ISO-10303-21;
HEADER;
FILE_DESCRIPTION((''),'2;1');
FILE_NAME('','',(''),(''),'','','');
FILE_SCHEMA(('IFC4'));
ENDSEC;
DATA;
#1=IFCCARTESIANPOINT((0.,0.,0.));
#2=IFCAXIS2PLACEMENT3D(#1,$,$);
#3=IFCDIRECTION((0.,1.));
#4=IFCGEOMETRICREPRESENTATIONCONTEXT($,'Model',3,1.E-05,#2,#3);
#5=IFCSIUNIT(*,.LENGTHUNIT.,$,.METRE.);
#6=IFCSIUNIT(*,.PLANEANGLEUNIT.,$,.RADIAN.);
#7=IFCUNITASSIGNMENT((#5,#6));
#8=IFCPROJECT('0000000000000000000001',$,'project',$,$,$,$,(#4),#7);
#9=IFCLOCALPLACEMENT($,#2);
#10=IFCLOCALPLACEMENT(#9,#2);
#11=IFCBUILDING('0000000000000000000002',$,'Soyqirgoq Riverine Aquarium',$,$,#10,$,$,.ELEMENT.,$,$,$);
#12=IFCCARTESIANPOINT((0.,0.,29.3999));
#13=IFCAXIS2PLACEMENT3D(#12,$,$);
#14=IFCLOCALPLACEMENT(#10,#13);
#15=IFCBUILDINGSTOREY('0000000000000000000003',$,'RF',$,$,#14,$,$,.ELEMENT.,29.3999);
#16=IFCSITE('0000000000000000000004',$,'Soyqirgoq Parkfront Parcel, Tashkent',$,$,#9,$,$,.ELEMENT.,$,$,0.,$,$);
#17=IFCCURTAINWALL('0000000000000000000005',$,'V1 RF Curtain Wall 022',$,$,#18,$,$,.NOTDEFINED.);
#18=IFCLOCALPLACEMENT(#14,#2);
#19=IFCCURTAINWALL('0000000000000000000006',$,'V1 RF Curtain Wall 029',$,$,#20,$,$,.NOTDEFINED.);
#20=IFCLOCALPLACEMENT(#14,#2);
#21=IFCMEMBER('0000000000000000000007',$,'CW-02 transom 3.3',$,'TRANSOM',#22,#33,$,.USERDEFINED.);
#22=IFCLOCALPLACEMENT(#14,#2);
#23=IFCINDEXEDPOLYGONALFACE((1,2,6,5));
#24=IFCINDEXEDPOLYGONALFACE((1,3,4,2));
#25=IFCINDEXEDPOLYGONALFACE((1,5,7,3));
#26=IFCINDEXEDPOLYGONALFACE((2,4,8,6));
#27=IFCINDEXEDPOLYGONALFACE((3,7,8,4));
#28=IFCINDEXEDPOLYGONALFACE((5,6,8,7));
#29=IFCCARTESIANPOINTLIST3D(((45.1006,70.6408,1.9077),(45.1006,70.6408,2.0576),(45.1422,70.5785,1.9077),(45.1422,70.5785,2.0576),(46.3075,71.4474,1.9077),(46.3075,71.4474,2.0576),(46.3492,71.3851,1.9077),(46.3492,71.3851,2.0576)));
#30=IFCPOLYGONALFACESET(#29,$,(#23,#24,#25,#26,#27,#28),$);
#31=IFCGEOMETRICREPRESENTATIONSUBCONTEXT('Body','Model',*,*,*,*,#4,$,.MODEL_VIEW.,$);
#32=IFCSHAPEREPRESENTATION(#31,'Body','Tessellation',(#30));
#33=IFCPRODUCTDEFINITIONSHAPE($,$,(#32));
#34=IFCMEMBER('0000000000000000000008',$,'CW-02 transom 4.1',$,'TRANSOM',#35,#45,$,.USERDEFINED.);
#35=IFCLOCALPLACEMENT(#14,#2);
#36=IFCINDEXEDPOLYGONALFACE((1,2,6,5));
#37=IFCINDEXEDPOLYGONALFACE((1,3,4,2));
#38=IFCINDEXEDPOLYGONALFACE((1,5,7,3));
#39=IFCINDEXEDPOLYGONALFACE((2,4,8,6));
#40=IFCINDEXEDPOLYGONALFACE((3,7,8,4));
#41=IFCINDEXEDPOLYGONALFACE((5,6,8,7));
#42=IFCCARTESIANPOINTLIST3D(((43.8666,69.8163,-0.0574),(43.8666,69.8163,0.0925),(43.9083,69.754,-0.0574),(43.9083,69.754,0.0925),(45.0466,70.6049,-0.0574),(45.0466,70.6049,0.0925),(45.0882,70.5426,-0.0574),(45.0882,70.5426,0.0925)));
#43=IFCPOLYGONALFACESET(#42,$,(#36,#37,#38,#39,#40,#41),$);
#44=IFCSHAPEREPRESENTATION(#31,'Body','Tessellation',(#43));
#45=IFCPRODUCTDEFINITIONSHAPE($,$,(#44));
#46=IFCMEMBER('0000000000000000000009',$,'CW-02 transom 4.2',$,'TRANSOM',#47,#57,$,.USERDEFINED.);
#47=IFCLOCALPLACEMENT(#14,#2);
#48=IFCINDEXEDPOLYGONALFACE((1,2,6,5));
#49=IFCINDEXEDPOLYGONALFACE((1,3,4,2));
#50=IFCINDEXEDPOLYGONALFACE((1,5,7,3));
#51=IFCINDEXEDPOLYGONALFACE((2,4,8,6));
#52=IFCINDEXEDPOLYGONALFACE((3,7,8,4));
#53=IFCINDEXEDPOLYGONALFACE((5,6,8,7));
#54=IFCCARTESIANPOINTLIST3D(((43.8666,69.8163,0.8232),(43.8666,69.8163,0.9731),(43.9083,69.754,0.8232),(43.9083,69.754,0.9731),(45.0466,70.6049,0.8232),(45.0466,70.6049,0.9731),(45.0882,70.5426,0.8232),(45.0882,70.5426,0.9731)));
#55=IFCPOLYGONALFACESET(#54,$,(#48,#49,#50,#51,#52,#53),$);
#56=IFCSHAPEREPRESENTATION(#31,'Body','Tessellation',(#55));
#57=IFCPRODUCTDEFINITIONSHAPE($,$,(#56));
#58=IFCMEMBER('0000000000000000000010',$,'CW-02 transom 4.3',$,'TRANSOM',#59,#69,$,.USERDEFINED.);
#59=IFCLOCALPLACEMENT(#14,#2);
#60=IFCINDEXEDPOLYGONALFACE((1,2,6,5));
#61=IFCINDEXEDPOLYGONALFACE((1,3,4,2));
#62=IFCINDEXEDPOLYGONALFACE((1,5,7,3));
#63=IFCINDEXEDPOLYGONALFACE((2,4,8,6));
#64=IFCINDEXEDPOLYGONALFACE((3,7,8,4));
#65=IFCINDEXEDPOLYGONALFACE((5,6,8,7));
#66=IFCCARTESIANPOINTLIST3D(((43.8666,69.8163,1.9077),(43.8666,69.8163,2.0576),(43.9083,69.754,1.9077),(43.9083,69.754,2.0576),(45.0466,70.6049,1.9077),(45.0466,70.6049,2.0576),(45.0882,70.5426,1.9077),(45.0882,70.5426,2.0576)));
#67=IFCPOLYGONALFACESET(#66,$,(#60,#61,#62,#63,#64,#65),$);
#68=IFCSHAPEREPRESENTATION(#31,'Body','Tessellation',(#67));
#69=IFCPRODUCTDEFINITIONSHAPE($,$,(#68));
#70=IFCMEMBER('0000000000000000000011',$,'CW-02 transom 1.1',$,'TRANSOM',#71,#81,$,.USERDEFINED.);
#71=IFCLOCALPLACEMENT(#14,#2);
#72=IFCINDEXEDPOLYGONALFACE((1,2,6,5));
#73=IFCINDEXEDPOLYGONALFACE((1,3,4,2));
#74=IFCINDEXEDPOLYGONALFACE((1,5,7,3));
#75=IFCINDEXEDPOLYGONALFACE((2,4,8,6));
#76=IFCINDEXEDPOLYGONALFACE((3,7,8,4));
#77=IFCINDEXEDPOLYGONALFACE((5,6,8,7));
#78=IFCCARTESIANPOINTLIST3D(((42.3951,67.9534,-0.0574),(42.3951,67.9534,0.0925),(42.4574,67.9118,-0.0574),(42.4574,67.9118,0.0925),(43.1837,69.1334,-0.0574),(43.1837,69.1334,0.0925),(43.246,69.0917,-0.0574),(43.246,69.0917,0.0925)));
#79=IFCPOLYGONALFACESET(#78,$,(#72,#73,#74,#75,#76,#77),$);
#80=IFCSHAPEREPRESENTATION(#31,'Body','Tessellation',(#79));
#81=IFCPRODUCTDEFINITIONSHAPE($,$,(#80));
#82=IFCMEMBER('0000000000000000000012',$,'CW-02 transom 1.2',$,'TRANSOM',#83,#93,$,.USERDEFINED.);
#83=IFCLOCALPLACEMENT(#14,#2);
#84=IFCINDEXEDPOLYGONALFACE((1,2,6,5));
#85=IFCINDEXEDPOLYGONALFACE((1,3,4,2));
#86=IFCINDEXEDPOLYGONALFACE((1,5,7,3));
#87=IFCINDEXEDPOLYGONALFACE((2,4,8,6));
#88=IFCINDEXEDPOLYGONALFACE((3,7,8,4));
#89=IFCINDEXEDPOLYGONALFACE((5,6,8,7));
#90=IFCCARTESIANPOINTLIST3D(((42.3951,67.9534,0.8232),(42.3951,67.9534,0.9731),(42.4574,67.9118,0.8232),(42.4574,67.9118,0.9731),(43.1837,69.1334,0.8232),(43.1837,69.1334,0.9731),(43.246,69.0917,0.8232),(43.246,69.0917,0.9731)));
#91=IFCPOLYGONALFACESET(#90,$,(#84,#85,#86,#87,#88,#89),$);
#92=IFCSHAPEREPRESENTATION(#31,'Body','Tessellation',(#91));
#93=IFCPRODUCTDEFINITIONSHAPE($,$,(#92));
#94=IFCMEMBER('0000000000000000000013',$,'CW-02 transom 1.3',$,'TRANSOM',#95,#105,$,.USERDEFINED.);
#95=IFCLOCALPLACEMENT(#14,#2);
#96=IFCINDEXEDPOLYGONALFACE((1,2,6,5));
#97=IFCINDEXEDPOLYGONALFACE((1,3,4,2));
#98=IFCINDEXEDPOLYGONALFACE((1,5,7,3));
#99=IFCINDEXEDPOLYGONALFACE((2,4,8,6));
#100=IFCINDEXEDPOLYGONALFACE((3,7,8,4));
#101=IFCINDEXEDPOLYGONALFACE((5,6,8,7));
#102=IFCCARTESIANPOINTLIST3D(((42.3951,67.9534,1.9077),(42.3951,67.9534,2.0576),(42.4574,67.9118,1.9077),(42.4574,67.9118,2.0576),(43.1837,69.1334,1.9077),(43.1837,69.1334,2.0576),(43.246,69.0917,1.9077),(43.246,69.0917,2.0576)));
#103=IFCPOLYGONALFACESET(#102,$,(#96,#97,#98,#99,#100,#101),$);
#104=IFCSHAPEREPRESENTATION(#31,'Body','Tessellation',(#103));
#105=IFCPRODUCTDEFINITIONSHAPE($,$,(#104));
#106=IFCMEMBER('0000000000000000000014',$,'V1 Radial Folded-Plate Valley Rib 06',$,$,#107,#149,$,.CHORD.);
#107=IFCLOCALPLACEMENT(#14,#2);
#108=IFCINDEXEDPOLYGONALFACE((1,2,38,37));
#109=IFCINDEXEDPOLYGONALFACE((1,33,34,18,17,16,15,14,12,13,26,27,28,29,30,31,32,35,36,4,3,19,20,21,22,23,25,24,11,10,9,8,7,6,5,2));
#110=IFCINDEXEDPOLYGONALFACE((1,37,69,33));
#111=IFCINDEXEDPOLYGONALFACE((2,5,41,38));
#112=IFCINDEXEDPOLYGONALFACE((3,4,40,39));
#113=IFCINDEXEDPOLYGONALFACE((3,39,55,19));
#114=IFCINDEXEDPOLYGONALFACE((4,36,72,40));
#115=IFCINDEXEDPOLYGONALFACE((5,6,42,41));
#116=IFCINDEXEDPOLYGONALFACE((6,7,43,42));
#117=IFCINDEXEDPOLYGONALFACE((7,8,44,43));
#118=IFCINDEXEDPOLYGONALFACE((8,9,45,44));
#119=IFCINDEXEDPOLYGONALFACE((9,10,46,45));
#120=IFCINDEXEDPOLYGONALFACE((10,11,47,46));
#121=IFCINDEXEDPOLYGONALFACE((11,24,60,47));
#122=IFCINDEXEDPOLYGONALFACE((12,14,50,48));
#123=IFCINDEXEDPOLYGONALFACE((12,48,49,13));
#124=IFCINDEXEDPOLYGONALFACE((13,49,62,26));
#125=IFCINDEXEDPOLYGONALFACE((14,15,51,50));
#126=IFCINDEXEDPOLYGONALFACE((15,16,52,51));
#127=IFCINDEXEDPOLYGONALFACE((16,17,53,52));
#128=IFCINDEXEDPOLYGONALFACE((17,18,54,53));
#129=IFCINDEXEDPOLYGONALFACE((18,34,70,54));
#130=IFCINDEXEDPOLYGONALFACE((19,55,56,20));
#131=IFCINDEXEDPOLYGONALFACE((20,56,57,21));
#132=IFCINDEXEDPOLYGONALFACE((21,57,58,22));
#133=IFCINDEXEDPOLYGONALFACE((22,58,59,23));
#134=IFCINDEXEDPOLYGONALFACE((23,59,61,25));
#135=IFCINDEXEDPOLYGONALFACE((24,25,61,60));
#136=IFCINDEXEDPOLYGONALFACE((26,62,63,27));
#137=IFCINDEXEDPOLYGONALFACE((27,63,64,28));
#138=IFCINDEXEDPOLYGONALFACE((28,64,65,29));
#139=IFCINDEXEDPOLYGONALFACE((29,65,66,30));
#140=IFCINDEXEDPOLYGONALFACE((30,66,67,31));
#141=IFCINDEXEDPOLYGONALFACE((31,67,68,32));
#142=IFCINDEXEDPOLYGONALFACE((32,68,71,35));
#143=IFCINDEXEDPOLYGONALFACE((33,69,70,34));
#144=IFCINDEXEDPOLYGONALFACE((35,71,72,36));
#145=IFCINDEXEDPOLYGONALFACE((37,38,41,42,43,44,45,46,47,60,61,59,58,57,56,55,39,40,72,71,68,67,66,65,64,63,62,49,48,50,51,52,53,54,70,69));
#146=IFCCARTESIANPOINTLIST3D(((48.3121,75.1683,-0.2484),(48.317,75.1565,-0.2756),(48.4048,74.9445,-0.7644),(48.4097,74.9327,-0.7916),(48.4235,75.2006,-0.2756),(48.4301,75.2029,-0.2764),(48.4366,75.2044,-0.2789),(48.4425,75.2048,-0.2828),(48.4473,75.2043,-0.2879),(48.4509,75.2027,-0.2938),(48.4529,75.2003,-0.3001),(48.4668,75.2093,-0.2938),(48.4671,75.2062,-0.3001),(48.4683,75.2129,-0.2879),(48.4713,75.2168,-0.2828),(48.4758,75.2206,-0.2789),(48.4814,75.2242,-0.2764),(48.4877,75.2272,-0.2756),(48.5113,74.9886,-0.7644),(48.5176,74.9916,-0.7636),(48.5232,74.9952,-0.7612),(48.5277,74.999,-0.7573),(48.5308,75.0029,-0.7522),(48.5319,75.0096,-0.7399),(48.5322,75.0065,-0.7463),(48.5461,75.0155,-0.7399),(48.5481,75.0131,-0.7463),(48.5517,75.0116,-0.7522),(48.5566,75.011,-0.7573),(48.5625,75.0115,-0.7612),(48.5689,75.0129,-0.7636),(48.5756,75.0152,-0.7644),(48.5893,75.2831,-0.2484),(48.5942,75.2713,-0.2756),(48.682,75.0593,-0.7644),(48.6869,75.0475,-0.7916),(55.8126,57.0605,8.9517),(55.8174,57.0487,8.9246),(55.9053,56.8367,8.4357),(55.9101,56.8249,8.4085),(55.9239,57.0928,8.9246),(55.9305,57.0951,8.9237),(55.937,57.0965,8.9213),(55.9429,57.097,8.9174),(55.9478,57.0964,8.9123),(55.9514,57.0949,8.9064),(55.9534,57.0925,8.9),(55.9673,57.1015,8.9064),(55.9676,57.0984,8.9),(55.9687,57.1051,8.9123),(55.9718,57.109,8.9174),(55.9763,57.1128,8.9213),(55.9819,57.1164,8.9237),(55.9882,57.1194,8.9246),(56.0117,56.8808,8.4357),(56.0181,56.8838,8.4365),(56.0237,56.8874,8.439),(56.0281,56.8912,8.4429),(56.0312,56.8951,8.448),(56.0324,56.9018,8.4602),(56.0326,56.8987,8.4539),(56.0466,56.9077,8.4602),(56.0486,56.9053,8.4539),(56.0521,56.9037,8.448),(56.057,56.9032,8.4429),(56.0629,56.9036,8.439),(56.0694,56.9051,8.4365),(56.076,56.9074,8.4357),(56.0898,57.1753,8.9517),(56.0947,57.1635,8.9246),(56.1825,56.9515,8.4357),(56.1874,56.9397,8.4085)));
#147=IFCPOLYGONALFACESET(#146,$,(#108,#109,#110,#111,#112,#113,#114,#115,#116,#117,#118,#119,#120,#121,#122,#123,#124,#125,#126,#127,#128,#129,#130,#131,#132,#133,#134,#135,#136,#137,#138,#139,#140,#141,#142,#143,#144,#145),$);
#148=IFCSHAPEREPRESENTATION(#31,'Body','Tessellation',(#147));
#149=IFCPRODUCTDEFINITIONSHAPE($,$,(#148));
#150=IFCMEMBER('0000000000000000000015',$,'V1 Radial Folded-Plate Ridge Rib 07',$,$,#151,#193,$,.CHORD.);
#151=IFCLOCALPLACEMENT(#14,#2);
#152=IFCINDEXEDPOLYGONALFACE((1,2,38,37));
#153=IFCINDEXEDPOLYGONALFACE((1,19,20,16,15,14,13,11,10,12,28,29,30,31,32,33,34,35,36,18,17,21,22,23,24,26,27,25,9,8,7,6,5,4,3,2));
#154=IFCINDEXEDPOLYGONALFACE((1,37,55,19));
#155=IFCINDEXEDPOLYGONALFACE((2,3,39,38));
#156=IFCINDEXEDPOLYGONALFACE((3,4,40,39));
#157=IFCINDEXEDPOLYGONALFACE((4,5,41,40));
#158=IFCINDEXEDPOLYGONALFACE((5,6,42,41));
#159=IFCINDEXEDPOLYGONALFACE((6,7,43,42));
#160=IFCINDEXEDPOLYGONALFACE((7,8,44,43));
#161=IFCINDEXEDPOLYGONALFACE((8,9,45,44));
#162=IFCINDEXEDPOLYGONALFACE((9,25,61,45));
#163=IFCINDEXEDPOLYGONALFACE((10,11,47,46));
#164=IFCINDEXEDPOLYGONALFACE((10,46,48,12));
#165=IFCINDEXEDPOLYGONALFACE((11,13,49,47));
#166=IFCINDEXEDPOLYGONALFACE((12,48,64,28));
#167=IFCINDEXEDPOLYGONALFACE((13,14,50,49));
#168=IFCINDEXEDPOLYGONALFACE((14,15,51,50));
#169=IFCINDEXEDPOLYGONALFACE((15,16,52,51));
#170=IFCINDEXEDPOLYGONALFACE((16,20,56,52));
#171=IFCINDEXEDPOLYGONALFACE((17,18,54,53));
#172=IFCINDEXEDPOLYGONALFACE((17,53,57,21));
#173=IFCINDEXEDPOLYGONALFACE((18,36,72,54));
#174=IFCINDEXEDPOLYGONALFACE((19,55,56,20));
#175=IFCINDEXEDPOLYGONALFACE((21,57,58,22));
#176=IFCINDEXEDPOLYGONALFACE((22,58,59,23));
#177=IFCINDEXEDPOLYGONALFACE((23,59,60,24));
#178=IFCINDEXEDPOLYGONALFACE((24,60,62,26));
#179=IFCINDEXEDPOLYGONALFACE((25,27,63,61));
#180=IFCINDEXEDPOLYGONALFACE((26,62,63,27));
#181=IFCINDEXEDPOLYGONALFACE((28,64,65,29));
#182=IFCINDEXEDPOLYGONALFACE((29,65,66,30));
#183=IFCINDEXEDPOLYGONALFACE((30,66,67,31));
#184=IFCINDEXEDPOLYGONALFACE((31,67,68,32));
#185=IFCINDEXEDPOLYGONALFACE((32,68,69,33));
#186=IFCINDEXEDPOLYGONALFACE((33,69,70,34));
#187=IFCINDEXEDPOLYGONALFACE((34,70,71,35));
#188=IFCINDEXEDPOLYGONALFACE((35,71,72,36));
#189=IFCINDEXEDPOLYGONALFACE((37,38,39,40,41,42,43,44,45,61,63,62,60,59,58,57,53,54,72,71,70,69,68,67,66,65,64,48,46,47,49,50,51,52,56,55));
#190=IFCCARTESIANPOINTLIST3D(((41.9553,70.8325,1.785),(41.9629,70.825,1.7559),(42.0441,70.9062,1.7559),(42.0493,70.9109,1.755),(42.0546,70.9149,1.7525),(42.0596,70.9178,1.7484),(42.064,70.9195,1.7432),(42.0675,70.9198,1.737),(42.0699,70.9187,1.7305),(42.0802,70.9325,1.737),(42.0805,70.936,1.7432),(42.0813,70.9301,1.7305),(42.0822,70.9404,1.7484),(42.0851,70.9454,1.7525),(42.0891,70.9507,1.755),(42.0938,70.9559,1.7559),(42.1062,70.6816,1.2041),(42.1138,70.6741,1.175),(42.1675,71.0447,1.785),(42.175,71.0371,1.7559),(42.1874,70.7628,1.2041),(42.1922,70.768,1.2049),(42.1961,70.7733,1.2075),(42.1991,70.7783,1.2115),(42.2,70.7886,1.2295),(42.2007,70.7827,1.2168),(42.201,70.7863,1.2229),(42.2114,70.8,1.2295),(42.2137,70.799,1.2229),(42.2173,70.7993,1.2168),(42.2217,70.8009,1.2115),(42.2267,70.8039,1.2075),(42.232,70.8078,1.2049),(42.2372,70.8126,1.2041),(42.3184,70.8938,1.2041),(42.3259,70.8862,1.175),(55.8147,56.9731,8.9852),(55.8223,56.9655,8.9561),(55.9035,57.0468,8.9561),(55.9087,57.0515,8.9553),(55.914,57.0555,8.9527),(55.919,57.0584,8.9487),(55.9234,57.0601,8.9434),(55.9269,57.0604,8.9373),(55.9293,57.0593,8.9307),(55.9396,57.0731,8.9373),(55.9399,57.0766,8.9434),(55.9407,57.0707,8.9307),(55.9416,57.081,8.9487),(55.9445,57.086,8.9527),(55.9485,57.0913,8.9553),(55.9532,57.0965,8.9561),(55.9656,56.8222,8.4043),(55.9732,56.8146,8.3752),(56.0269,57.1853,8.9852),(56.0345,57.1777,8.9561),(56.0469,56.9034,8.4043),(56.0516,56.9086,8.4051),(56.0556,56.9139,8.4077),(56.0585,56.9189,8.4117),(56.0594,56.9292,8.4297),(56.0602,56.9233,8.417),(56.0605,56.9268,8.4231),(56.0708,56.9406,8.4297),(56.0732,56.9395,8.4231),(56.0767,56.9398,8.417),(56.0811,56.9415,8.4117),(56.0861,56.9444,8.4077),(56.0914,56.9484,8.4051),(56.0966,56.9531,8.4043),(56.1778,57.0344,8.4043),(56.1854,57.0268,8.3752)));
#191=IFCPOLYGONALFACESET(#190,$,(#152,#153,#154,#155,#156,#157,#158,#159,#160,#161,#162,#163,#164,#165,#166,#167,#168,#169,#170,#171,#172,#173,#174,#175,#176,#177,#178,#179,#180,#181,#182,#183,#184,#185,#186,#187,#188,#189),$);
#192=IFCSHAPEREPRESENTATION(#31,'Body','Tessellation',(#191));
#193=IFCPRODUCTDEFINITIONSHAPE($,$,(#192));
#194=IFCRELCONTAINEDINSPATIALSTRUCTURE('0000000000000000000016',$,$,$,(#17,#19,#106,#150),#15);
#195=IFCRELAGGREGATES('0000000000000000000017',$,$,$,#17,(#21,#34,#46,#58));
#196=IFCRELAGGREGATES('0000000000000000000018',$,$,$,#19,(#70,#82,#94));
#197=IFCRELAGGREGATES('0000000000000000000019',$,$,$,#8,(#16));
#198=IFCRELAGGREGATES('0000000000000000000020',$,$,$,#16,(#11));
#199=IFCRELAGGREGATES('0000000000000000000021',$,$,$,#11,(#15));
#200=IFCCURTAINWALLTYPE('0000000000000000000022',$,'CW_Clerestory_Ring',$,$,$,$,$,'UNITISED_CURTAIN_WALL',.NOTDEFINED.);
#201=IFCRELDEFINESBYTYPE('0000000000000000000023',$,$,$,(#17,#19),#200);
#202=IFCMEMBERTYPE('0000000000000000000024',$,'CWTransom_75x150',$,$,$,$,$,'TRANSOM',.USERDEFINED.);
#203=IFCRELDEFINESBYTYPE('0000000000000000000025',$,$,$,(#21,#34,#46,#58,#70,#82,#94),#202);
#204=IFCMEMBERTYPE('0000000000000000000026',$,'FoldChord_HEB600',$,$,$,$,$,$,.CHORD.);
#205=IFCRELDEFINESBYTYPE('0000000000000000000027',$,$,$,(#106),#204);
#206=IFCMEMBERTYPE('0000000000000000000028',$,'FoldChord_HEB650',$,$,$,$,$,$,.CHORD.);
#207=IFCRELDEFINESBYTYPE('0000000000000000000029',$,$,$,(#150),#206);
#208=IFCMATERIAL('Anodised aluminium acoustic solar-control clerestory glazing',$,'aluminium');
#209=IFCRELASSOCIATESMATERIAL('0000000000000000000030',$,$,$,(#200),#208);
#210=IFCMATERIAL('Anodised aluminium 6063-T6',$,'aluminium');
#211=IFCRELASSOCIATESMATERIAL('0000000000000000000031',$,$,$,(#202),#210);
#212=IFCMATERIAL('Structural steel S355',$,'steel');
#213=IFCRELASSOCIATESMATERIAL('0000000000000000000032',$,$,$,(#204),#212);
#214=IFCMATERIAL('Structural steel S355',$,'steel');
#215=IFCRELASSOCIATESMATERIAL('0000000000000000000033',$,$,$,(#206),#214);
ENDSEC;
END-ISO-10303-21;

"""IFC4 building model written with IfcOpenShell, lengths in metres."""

from ifc_helpers import new_model, si_unit, direction, frame, origin, origin_2d, place, context, subcontext, project, spatial, rectangle, i_section, extrude, material, material_profile, profile_set, type_object, element, aggregate, save


model = new_model("IFC4")

# Units and contexts
model_context = context("Model", 3, precision=1e-05, world=origin(), true_north=direction((0.0, 1.0)))
body_context = subcontext(model_context, "Body", "Model", "MODEL_VIEW")
ifc_project = project(units=[si_unit("LENGTHUNIT", "METRE"), si_unit("PLANEANGLEUNIT", "RADIAN")], contexts=[model_context])

# Site, building, storey
site_placement = place(None, origin())
site = spatial("IfcSite", under=ifc_project, at=site_placement, Name="Soyqirgoq Parkfront Parcel, Tashkent", CompositionType="ELEMENT", RefElevation=0.0)
building_placement = place(site_placement, origin())
building = spatial("IfcBuilding", under=site, at=building_placement, Name="Soyqirgoq Riverine Aquarium", CompositionType="ELEMENT")
storey_placement = place(building_placement, frame((0.0, 0.0, 29.3999)))
storey = spatial("IfcBuildingStorey", under=building, at=storey_placement, Name="RF", CompositionType="ELEMENT", Elevation=29.3999)

# Curtain wall
ifc_material_1 = material(Name="Anodised aluminium acoustic solar-control clerestory glazing", Category="aluminium")
curtain_wall_type = type_object("IfcCurtainWallType", Name="CW_Clerestory_Ring", ElementType="UNITISED_CURTAIN_WALL", PredefinedType="NOTDEFINED", material=ifc_material_1)
curtain_wall_1_placement = place(storey_placement, origin())
curtain_wall_1 = element("IfcCurtainWall", 1, at=curtain_wall_1_placement, inside=storey, type_object=curtain_wall_type, Name="V1 RF Curtain Wall 022", PredefinedType="NOTDEFINED")

# Curtain wall
curtain_wall_2_placement = place(storey_placement, origin())
curtain_wall_2 = element("IfcCurtainWall", 2, at=curtain_wall_2_placement, inside=storey, type_object=curtain_wall_type, Name="V1 RF Curtain Wall 029", PredefinedType="NOTDEFINED")

# Members
ifc_material_2 = material(Name="Anodised aluminium 6063-T6", Category="aluminium")
ifc_material_profile_1 = material_profile(ifc_material_2, rectangle(XDim=0.075, YDim=0.1499, at=origin_2d()), Name="ALU-T 75x150")
ifc_profile_set_1 = profile_set([ifc_material_profile_1], Name="Anodised aluminium 6063-T6")
member_type_1 = type_object("IfcMemberType", Name="CWTransom_75x150", ElementType="TRANSOM", PredefinedType="USERDEFINED", material=ifc_profile_set_1)
member_1_placement = place(storey_placement, frame((46.3284, 71.4163, 1.9827), z_axis=(-0.831429, -0.555631, 0.0), x_axis=(0.555631, -0.831429, 0.0)))
member_1 = element("IfcMember", 3, at=member_1_placement, type_object=member_type_1, Name="CW-02 transom 3.3", ObjectType="TRANSOM", PredefinedType="USERDEFINED", context=body_context, shape_type="SweptSolid", body=[
    extrude(rectangle(XDim=0.075, YDim=0.1499, at=origin_2d()), origin(), (0.0, 0.0, 1.0), 1.4517),
])
member_2_placement = place(storey_placement, frame((45.0674, 70.5737, 0.0176), z_axis=(-0.831415, -0.555653, 0.0), x_axis=(0.555653, -0.831415, 0.0)))
member_2 = element("IfcMember", 4, at=member_2_placement, type_object=member_type_1, Name="CW-02 transom 4.1", ObjectType="TRANSOM", PredefinedType="USERDEFINED", context=body_context, shape_type="SweptSolid", body=[
    extrude(rectangle(XDim=0.075, YDim=0.1499, at=origin_2d()), origin(), (0.0, 0.0, 1.0), 1.4192),
])
member_3_placement = place(storey_placement, frame((45.0674, 70.5737, 0.8982), z_axis=(-0.831415, -0.555653, 0.0), x_axis=(0.555653, -0.831415, 0.0)))
member_3 = element("IfcMember", 5, at=member_3_placement, type_object=member_type_1, Name="CW-02 transom 4.2", ObjectType="TRANSOM", PredefinedType="USERDEFINED", context=body_context, shape_type="SweptSolid", body=[
    extrude(rectangle(XDim=0.075, YDim=0.1499, at=origin_2d()), origin(), (0.0, 0.0, 1.0), 1.4192),
])
member_4_placement = place(storey_placement, frame((45.0674, 70.5737, 1.9827), z_axis=(-0.831415, -0.555653, 0.0), x_axis=(0.555653, -0.831415, 0.0)))
member_4 = element("IfcMember", 6, at=member_4_placement, type_object=member_type_1, Name="CW-02 transom 4.3", ObjectType="TRANSOM", PredefinedType="USERDEFINED", context=body_context, shape_type="SweptSolid", body=[
    extrude(rectangle(XDim=0.075, YDim=0.1499, at=origin_2d()), origin(), (0.0, 0.0, 1.0), 1.4192),
])
member_5_placement = place(storey_placement, frame((43.2148, 69.1125, 0.0176), z_axis=(-0.555653, -0.831415, 0.0), x_axis=(0.831415, -0.555653, 0.0)))
member_5 = element("IfcMember", 7, at=member_5_placement, type_object=member_type_1, Name="CW-02 transom 1.1", ObjectType="TRANSOM", PredefinedType="USERDEFINED", context=body_context, shape_type="SweptSolid", body=[
    extrude(rectangle(XDim=0.075, YDim=0.1499, at=origin_2d()), origin(), (0.0, 0.0, 1.0), 1.4192),
])
member_6_placement = place(storey_placement, frame((43.2148, 69.1125, 0.8982), z_axis=(-0.555653, -0.831415, 0.0), x_axis=(0.831415, -0.555653, 0.0)))
member_6 = element("IfcMember", 8, at=member_6_placement, type_object=member_type_1, Name="CW-02 transom 1.2", ObjectType="TRANSOM", PredefinedType="USERDEFINED", context=body_context, shape_type="SweptSolid", body=[
    extrude(rectangle(XDim=0.075, YDim=0.1499, at=origin_2d()), origin(), (0.0, 0.0, 1.0), 1.4192),
])
member_7_placement = place(storey_placement, frame((43.2148, 69.1125, 1.9827), z_axis=(-0.555653, -0.831415, 0.0), x_axis=(0.831415, -0.555653, 0.0)))
member_7 = element("IfcMember", 9, at=member_7_placement, type_object=member_type_1, Name="CW-02 transom 1.3", ObjectType="TRANSOM", PredefinedType="USERDEFINED", context=body_context, shape_type="SweptSolid", body=[
    extrude(rectangle(XDim=0.075, YDim=0.1499, at=origin_2d()), origin(), (0.0, 0.0, 1.0), 1.4192),
])

# Members
ifc_material_3 = material(Name="Structural steel S355", Category="steel")
ifc_material_profile_2 = material_profile(ifc_material_3, i_section(OverallWidth=0.3, OverallDepth=0.6001, WebThickness=0.0154, FlangeThickness=0.03, FilletRadius=0.0271, at=origin_2d()), Name="HEB 600")
ifc_profile_set_2 = profile_set([ifc_material_profile_2], Name="Structural steel S355")
member_type_2 = type_object("IfcMemberType", Name="FoldChord_HEB600", PredefinedType="CHORD", material=ifc_profile_set_2)
member_8_placement = place(storey_placement, frame((48.4995, 75.1079, -0.52), z_axis=(0.346415, -0.836326, 0.424917), x_axis=(0.923881, 0.382681, 0.0)))
element("IfcMember", 10, at=member_8_placement, inside=storey, type_object=member_type_2, Name="V1 Radial Folded-Plate Valley Rib 06", PredefinedType="CHORD", context=body_context, shape_type="SweptSolid", body=[
    extrude(i_section(OverallWidth=0.3, OverallDepth=0.6001, WebThickness=0.0154, FlangeThickness=0.03, FilletRadius=0.0271, at=origin_2d()), origin(), (0.0, 0.0, 1.0), 21.6516),
])
ifc_material_4 = material(Name="Structural steel S355", Category="steel")
ifc_material_profile_3 = material_profile(ifc_material_4, i_section(OverallWidth=0.3, OverallDepth=0.6499, WebThickness=0.0161, FlangeThickness=0.031, FilletRadius=0.0271, at=origin_2d()), Name="HEB 650")
ifc_profile_set_3 = profile_set([ifc_material_profile_3], Name="Structural steel S355")
member_type_3 = type_object("IfcMemberType", Name="FoldChord_HEB650", PredefinedType="CHORD", material=ifc_profile_set_3)
member_9_placement = place(storey_placement, frame((42.1406, 70.8594, 1.48), z_axis=(0.663738, -0.663738, 0.344824), x_axis=(0.707107, 0.707107, 0.0)))
element("IfcMember", 11, at=member_9_placement, inside=storey, type_object=member_type_3, Name="V1 Radial Folded-Plate Ridge Rib 07", PredefinedType="CHORD", context=body_context, shape_type="SweptSolid", body=[
    extrude(i_section(OverallWidth=0.3, OverallDepth=0.6499, WebThickness=0.0161, FlangeThickness=0.031, FilletRadius=0.0271, at=origin_2d()), origin(), (0.0, 0.0, 1.0), 20.8809),
])

aggregate(curtain_wall_1, [member_1, member_2, member_3, member_4])
aggregate(curtain_wall_2, [member_5, member_6, member_7])

save(model, "model.ifc")
